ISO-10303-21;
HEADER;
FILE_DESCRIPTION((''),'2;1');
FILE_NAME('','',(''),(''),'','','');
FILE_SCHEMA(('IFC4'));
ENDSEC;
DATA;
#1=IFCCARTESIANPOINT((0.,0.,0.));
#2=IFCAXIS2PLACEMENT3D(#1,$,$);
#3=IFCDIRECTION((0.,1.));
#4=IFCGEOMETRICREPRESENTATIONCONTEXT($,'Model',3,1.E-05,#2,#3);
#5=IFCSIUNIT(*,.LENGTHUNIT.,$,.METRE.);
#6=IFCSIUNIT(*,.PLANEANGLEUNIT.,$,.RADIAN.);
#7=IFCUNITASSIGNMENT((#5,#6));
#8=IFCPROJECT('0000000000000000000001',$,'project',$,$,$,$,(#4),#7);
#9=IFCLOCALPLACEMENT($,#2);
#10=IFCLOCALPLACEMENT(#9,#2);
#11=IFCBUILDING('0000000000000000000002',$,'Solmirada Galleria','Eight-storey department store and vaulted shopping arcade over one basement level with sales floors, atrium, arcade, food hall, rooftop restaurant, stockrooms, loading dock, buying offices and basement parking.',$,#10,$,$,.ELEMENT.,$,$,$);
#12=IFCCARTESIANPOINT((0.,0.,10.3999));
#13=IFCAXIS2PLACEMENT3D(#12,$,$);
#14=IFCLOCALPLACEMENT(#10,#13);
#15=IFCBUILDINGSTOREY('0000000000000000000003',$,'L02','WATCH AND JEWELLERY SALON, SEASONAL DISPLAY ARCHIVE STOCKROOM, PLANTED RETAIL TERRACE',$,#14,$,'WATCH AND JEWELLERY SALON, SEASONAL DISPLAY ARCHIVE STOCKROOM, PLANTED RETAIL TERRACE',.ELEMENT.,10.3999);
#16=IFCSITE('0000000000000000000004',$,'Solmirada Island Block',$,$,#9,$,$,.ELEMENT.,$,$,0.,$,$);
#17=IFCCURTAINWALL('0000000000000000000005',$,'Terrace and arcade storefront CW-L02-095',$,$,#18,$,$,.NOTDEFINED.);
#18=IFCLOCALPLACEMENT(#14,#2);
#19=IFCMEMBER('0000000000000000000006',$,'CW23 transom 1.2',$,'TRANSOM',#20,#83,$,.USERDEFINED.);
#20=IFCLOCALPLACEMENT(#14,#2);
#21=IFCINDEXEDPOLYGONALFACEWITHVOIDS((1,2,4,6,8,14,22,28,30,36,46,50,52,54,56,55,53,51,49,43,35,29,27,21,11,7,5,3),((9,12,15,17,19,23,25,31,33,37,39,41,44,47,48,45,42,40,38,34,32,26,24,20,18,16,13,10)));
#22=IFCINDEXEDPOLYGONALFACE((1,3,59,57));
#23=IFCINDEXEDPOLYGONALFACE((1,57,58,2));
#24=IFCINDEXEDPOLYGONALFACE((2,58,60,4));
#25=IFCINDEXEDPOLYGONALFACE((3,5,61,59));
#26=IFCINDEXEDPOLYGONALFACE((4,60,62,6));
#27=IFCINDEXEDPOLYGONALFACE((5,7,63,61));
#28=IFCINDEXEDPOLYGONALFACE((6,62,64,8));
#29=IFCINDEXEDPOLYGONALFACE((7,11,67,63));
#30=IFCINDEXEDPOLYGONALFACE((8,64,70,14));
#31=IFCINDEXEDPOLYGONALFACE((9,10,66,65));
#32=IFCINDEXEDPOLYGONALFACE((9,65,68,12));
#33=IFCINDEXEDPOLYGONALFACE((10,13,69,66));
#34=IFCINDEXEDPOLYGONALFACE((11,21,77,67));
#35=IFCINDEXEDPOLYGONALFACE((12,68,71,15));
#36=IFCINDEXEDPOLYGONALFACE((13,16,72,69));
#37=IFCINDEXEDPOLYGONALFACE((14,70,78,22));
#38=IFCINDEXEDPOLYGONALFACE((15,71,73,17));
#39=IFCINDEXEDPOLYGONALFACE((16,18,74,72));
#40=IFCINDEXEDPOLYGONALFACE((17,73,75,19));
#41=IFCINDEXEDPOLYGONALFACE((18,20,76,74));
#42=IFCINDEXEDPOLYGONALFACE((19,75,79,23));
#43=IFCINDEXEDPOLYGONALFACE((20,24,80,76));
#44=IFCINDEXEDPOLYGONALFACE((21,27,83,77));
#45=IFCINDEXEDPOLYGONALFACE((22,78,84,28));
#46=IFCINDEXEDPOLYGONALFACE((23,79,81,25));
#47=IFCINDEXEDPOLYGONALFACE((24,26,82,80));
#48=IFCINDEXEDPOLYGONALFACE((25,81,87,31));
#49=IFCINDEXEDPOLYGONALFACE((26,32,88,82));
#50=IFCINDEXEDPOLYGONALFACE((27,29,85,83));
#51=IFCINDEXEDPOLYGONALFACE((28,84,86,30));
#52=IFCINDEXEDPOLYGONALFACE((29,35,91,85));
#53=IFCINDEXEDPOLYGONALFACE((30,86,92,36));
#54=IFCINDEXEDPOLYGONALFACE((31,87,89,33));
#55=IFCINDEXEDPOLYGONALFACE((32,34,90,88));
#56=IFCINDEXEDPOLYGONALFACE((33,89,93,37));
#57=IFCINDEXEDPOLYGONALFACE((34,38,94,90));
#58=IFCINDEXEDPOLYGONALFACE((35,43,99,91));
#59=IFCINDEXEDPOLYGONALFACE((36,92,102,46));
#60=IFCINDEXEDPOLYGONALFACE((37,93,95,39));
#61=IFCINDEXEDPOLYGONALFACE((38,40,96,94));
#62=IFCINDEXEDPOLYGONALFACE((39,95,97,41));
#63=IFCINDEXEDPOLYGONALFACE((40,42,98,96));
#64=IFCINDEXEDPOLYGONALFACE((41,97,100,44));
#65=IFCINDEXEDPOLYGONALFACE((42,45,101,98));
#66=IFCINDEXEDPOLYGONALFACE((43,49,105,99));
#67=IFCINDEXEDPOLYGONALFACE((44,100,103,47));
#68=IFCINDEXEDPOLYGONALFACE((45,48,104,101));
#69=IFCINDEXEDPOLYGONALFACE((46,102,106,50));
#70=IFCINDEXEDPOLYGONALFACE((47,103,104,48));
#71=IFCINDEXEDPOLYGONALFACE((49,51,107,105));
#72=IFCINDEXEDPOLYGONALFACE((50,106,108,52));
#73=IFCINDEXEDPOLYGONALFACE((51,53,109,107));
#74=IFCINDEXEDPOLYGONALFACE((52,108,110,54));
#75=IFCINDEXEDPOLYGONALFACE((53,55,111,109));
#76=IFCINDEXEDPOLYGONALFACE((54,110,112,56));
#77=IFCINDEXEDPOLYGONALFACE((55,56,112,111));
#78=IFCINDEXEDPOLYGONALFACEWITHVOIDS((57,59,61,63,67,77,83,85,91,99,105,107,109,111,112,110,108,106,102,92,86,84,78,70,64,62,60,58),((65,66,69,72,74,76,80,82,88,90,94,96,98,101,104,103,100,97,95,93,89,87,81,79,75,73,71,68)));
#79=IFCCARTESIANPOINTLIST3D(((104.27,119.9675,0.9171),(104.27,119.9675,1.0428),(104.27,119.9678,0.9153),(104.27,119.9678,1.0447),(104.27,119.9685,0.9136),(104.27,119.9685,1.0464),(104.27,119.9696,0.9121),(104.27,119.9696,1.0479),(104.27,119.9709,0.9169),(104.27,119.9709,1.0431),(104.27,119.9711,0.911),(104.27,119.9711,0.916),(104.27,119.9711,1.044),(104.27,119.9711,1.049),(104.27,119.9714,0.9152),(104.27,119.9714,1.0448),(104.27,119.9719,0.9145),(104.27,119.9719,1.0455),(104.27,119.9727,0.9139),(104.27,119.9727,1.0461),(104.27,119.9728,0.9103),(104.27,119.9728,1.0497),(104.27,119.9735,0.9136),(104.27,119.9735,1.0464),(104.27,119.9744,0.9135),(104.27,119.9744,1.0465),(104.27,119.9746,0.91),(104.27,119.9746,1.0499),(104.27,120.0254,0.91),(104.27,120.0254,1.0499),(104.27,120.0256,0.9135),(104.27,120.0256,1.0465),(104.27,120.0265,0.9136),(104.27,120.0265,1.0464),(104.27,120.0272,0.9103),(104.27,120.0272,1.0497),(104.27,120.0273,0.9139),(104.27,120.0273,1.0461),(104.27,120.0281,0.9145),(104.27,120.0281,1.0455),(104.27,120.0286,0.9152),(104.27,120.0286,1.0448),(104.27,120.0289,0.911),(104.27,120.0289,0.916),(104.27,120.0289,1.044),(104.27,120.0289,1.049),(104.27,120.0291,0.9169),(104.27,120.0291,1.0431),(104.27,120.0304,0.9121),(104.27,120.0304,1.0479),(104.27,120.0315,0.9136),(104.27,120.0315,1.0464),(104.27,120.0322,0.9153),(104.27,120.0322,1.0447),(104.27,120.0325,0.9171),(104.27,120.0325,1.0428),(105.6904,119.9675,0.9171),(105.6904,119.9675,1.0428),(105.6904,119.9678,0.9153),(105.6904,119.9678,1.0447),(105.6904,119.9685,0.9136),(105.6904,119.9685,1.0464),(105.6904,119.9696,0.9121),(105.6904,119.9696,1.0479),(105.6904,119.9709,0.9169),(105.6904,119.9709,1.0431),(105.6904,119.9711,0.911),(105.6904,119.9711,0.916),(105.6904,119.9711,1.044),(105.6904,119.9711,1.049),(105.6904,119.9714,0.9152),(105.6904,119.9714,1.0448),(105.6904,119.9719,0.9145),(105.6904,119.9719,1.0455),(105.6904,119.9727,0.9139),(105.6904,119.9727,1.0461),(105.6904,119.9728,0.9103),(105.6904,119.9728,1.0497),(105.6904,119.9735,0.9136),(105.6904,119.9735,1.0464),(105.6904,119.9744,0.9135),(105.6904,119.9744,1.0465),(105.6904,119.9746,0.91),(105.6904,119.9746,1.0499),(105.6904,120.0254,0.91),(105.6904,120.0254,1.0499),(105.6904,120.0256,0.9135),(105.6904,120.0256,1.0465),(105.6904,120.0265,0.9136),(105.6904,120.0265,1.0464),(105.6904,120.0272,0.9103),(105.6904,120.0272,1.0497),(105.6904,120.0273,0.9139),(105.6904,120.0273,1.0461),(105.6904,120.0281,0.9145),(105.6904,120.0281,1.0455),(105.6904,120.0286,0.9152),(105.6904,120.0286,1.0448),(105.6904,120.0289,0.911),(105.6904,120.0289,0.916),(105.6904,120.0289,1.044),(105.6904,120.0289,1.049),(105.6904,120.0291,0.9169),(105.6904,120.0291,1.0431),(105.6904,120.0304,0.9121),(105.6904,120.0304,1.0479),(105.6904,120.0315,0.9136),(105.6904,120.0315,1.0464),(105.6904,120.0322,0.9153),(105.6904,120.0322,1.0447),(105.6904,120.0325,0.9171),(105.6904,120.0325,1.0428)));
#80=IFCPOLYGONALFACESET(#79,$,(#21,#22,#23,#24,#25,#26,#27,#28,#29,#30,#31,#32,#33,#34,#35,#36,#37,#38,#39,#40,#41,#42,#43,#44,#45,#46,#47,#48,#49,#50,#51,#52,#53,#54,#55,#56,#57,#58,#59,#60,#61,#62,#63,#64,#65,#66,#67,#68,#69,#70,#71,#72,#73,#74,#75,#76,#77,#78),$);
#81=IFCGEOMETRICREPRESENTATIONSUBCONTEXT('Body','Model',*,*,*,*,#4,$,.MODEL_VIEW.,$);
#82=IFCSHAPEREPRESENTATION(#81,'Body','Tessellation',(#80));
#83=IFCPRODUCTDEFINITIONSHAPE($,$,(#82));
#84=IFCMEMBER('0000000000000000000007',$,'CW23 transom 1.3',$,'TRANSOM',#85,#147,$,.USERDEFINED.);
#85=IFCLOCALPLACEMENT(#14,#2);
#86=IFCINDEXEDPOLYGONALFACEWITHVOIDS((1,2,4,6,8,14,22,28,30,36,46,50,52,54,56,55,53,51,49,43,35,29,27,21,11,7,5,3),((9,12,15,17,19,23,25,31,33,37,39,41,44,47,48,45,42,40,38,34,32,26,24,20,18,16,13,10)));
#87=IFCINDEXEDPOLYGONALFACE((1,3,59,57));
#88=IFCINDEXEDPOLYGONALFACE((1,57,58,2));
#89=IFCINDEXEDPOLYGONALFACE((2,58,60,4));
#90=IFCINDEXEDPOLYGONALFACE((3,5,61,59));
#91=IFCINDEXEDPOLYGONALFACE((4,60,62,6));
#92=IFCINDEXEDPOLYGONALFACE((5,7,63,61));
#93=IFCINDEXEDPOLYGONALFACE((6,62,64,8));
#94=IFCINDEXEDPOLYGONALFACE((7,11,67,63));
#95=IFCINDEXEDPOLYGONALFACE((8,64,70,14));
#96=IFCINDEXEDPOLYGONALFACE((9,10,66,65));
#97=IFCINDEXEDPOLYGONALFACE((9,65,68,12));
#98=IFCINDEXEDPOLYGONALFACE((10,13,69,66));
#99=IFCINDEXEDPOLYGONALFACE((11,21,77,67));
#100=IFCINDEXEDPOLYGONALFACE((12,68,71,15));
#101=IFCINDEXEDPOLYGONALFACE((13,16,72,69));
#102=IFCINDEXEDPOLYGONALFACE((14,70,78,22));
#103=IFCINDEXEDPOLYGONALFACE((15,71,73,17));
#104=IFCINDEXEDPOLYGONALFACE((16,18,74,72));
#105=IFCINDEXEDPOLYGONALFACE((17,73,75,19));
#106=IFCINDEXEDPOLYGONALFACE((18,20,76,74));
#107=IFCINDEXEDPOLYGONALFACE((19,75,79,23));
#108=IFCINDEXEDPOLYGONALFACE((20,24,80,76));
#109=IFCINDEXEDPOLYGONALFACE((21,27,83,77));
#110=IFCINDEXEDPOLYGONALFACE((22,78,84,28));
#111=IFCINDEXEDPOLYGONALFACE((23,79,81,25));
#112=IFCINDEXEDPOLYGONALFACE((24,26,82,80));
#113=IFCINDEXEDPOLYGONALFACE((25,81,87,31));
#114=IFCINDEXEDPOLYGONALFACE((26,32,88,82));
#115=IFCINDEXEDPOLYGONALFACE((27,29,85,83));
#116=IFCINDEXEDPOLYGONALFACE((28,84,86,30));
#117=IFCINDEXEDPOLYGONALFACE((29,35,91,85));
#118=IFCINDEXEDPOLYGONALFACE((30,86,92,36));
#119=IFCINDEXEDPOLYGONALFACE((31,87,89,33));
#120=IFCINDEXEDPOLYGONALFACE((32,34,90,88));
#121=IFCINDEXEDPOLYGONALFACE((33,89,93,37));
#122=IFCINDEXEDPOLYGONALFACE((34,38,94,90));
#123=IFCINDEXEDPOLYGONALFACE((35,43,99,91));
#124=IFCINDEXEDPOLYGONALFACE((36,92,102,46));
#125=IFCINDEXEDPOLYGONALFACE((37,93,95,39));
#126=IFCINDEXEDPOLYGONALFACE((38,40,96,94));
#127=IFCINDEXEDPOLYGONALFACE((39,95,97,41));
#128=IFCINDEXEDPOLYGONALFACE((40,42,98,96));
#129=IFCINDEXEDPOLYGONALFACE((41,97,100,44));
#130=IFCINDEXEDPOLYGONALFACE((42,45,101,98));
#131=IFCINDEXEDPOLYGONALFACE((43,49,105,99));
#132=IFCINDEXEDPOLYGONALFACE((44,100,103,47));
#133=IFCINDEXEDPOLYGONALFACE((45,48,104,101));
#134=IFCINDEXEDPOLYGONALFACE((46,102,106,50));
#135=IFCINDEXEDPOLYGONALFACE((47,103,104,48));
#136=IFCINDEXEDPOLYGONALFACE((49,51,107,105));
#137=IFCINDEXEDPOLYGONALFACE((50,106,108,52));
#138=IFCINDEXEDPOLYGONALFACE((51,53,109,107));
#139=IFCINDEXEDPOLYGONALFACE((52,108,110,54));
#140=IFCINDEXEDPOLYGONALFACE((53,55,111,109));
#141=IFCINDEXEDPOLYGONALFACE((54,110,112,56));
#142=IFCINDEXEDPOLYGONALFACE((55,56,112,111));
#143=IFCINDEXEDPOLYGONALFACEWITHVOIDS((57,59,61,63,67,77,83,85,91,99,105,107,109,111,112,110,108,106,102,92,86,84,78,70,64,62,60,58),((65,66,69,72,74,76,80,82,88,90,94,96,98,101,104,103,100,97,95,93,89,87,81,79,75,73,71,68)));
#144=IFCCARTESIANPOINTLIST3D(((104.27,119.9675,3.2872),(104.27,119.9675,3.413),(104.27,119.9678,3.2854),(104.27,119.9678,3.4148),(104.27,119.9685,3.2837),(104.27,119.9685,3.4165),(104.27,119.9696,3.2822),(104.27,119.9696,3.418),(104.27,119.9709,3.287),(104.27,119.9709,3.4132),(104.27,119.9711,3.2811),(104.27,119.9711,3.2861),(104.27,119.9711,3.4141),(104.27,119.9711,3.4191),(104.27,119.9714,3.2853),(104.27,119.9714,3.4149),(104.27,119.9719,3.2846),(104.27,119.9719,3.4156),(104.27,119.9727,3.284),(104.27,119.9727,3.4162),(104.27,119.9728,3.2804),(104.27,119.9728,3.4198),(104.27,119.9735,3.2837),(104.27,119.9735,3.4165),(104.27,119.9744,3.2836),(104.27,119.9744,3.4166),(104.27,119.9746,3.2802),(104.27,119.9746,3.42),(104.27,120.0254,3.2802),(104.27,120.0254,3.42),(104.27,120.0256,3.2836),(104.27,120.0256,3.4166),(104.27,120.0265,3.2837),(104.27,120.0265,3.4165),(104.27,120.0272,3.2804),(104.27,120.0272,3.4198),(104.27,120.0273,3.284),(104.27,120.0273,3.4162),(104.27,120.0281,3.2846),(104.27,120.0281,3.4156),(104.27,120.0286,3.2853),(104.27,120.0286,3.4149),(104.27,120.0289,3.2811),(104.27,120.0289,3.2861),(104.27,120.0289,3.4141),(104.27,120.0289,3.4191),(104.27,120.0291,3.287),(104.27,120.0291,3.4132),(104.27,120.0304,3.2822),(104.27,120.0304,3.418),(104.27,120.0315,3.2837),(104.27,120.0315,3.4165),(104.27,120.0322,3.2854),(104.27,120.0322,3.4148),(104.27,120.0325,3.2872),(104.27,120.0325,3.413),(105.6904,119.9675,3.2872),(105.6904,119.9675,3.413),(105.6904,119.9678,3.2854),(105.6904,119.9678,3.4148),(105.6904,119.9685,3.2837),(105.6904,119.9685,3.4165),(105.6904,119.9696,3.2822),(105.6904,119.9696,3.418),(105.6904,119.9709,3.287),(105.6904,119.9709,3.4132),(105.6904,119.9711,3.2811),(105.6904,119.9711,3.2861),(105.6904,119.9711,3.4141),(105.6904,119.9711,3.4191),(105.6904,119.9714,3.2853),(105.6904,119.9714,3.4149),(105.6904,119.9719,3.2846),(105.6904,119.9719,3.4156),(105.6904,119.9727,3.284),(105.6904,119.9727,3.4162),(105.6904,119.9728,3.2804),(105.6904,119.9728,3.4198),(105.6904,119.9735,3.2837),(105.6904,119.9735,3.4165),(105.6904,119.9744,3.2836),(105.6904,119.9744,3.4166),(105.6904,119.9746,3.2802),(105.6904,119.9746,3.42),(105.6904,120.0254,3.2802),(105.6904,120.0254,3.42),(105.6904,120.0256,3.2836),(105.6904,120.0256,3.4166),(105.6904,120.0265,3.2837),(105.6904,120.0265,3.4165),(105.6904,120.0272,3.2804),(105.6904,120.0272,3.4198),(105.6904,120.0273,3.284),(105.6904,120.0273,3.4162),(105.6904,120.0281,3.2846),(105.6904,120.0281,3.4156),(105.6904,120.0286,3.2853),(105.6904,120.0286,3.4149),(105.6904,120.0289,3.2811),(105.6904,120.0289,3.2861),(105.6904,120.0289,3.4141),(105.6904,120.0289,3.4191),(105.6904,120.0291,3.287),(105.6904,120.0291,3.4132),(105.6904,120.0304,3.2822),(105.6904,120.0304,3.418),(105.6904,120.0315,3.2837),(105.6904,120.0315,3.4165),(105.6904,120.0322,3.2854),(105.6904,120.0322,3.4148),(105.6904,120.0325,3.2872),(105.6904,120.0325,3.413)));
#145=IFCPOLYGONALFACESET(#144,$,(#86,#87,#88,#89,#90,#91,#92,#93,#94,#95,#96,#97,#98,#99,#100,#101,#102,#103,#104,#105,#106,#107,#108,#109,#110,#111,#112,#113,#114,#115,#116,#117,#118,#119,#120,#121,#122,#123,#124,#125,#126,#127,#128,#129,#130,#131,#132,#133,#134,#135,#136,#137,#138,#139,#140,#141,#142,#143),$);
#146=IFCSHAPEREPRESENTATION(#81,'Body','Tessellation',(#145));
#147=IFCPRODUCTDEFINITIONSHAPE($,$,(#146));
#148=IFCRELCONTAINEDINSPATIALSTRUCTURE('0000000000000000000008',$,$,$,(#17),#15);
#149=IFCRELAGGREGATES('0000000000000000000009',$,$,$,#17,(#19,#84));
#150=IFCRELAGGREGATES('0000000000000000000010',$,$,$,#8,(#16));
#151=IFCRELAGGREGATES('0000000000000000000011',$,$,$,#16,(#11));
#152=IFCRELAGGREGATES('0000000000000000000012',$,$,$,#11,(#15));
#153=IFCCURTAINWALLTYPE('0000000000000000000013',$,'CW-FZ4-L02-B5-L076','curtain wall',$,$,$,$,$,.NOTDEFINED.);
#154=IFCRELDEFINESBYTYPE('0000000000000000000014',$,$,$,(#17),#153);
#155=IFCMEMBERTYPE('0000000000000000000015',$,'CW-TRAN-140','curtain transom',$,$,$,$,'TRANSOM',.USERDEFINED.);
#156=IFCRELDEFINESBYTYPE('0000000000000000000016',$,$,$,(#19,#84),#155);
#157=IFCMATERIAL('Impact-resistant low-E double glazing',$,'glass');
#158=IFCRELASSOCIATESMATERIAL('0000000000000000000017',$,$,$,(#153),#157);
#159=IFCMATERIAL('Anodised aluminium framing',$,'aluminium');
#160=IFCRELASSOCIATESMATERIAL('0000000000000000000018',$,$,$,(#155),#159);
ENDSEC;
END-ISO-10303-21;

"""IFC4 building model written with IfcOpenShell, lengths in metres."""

from ifc_helpers import new_model, si_unit, direction, frame, origin, origin_2d, place, context, subcontext, project, spatial, hollow_rectangle, extrude, material, material_profile, profile_set, type_object, element, aggregate, save


model = new_model("IFC4")

# Units and contexts
model_context = context("Model", 3, precision=1e-05, world=origin(), true_north=direction((0.0, 1.0)))
body_context = subcontext(model_context, "Body", "Model", "MODEL_VIEW")
ifc_project = project(units=[si_unit("LENGTHUNIT", "METRE"), si_unit("PLANEANGLEUNIT", "RADIAN")], contexts=[model_context])

# Site, building, storey
site_placement = place(None, origin())
site = spatial("IfcSite", under=ifc_project, at=site_placement, Name="Solmirada Island Block", CompositionType="ELEMENT", RefElevation=0.0)
building_placement = place(site_placement, origin())
building = spatial("IfcBuilding", under=site, at=building_placement, Name="Solmirada Galleria", Description="Eight-storey department store and vaulted shopping arcade over one basement level with sales floors, atrium, arcade, food hall, rooftop restaurant, stockrooms, loading dock, buying offices and basement parking.", CompositionType="ELEMENT")
storey_placement = place(building_placement, frame((0.0, 0.0, 10.3999)))
storey = spatial("IfcBuildingStorey", under=building, at=storey_placement, Name="L02", Description="WATCH AND JEWELLERY SALON, SEASONAL DISPLAY ARCHIVE STOCKROOM, PLANTED RETAIL TERRACE", LongName="WATCH AND JEWELLERY SALON, SEASONAL DISPLAY ARCHIVE STOCKROOM, PLANTED RETAIL TERRACE", CompositionType="ELEMENT", Elevation=10.3999)

# Curtain wall
ifc_material_1 = material(Name="Impact-resistant low-E double glazing", Category="glass")
curtain_wall_type = type_object("IfcCurtainWallType", Name="CW-FZ4-L02-B5-L076", Description="curtain wall", PredefinedType="NOTDEFINED", material=ifc_material_1)
ifc_material_2 = material(Name="Anodised aluminium framing", Category="aluminium")
curtain_wall_1_placement = place(storey_placement, origin())
curtain_wall_1 = element("IfcCurtainWall", 1, at=curtain_wall_1_placement, inside=storey, type_object=curtain_wall_type, Name="Terrace and arcade storefront CW-L02-095", PredefinedType="NOTDEFINED")

# Members
ifc_material_profile_1 = material_profile(ifc_material_2, hollow_rectangle(XDim=0.0649, YDim=0.1399, WallThickness=0.0034, InnerFilletRadius=0.0034, OuterFilletRadius=0.0071, at=origin_2d()), Name="ALU-TRAN-140X65")
ifc_profile_set_1 = profile_set([ifc_material_profile_1], Name="Anodised aluminium framing")
member_type_1 = type_object("IfcMemberType", Name="CW-TRAN-140", Description="curtain transom", ElementType="TRANSOM", PredefinedType="USERDEFINED", material=ifc_profile_set_1)
member_1_placement = place(storey_placement, frame((104.27, 120.0, 0.98), z_axis=(1.0, 0.0, 0.0), x_axis=(0.0, 1.0, 0.0)))
member_1 = element("IfcMember", 2, at=member_1_placement, type_object=member_type_1, Name="CW23 transom 1.2", ObjectType="TRANSOM", PredefinedType="USERDEFINED", context=body_context, shape_type="SweptSolid", body=[
    extrude(hollow_rectangle(XDim=0.0649, YDim=0.1399, WallThickness=0.0034, InnerFilletRadius=0.0034, OuterFilletRadius=0.0071, at=origin_2d()), origin(), (0.0, 0.0, 1.0), 1.4204),
])
member_2_placement = place(storey_placement, frame((104.27, 120.0, 3.3501), z_axis=(1.0, 0.0, 0.0), x_axis=(0.0, 1.0, 0.0)))
member_2 = element("IfcMember", 3, at=member_2_placement, type_object=member_type_1, Name="CW23 transom 1.3", ObjectType="TRANSOM", PredefinedType="USERDEFINED", context=body_context, shape_type="SweptSolid", body=[
    extrude(hollow_rectangle(XDim=0.0649, YDim=0.1399, WallThickness=0.0034, InnerFilletRadius=0.0034, OuterFilletRadius=0.0071, at=origin_2d()), origin(), (0.0, 0.0, 1.0), 1.4204),
])

aggregate(curtain_wall_1, [member_1, member_2])

save(model, "model.ifc")
